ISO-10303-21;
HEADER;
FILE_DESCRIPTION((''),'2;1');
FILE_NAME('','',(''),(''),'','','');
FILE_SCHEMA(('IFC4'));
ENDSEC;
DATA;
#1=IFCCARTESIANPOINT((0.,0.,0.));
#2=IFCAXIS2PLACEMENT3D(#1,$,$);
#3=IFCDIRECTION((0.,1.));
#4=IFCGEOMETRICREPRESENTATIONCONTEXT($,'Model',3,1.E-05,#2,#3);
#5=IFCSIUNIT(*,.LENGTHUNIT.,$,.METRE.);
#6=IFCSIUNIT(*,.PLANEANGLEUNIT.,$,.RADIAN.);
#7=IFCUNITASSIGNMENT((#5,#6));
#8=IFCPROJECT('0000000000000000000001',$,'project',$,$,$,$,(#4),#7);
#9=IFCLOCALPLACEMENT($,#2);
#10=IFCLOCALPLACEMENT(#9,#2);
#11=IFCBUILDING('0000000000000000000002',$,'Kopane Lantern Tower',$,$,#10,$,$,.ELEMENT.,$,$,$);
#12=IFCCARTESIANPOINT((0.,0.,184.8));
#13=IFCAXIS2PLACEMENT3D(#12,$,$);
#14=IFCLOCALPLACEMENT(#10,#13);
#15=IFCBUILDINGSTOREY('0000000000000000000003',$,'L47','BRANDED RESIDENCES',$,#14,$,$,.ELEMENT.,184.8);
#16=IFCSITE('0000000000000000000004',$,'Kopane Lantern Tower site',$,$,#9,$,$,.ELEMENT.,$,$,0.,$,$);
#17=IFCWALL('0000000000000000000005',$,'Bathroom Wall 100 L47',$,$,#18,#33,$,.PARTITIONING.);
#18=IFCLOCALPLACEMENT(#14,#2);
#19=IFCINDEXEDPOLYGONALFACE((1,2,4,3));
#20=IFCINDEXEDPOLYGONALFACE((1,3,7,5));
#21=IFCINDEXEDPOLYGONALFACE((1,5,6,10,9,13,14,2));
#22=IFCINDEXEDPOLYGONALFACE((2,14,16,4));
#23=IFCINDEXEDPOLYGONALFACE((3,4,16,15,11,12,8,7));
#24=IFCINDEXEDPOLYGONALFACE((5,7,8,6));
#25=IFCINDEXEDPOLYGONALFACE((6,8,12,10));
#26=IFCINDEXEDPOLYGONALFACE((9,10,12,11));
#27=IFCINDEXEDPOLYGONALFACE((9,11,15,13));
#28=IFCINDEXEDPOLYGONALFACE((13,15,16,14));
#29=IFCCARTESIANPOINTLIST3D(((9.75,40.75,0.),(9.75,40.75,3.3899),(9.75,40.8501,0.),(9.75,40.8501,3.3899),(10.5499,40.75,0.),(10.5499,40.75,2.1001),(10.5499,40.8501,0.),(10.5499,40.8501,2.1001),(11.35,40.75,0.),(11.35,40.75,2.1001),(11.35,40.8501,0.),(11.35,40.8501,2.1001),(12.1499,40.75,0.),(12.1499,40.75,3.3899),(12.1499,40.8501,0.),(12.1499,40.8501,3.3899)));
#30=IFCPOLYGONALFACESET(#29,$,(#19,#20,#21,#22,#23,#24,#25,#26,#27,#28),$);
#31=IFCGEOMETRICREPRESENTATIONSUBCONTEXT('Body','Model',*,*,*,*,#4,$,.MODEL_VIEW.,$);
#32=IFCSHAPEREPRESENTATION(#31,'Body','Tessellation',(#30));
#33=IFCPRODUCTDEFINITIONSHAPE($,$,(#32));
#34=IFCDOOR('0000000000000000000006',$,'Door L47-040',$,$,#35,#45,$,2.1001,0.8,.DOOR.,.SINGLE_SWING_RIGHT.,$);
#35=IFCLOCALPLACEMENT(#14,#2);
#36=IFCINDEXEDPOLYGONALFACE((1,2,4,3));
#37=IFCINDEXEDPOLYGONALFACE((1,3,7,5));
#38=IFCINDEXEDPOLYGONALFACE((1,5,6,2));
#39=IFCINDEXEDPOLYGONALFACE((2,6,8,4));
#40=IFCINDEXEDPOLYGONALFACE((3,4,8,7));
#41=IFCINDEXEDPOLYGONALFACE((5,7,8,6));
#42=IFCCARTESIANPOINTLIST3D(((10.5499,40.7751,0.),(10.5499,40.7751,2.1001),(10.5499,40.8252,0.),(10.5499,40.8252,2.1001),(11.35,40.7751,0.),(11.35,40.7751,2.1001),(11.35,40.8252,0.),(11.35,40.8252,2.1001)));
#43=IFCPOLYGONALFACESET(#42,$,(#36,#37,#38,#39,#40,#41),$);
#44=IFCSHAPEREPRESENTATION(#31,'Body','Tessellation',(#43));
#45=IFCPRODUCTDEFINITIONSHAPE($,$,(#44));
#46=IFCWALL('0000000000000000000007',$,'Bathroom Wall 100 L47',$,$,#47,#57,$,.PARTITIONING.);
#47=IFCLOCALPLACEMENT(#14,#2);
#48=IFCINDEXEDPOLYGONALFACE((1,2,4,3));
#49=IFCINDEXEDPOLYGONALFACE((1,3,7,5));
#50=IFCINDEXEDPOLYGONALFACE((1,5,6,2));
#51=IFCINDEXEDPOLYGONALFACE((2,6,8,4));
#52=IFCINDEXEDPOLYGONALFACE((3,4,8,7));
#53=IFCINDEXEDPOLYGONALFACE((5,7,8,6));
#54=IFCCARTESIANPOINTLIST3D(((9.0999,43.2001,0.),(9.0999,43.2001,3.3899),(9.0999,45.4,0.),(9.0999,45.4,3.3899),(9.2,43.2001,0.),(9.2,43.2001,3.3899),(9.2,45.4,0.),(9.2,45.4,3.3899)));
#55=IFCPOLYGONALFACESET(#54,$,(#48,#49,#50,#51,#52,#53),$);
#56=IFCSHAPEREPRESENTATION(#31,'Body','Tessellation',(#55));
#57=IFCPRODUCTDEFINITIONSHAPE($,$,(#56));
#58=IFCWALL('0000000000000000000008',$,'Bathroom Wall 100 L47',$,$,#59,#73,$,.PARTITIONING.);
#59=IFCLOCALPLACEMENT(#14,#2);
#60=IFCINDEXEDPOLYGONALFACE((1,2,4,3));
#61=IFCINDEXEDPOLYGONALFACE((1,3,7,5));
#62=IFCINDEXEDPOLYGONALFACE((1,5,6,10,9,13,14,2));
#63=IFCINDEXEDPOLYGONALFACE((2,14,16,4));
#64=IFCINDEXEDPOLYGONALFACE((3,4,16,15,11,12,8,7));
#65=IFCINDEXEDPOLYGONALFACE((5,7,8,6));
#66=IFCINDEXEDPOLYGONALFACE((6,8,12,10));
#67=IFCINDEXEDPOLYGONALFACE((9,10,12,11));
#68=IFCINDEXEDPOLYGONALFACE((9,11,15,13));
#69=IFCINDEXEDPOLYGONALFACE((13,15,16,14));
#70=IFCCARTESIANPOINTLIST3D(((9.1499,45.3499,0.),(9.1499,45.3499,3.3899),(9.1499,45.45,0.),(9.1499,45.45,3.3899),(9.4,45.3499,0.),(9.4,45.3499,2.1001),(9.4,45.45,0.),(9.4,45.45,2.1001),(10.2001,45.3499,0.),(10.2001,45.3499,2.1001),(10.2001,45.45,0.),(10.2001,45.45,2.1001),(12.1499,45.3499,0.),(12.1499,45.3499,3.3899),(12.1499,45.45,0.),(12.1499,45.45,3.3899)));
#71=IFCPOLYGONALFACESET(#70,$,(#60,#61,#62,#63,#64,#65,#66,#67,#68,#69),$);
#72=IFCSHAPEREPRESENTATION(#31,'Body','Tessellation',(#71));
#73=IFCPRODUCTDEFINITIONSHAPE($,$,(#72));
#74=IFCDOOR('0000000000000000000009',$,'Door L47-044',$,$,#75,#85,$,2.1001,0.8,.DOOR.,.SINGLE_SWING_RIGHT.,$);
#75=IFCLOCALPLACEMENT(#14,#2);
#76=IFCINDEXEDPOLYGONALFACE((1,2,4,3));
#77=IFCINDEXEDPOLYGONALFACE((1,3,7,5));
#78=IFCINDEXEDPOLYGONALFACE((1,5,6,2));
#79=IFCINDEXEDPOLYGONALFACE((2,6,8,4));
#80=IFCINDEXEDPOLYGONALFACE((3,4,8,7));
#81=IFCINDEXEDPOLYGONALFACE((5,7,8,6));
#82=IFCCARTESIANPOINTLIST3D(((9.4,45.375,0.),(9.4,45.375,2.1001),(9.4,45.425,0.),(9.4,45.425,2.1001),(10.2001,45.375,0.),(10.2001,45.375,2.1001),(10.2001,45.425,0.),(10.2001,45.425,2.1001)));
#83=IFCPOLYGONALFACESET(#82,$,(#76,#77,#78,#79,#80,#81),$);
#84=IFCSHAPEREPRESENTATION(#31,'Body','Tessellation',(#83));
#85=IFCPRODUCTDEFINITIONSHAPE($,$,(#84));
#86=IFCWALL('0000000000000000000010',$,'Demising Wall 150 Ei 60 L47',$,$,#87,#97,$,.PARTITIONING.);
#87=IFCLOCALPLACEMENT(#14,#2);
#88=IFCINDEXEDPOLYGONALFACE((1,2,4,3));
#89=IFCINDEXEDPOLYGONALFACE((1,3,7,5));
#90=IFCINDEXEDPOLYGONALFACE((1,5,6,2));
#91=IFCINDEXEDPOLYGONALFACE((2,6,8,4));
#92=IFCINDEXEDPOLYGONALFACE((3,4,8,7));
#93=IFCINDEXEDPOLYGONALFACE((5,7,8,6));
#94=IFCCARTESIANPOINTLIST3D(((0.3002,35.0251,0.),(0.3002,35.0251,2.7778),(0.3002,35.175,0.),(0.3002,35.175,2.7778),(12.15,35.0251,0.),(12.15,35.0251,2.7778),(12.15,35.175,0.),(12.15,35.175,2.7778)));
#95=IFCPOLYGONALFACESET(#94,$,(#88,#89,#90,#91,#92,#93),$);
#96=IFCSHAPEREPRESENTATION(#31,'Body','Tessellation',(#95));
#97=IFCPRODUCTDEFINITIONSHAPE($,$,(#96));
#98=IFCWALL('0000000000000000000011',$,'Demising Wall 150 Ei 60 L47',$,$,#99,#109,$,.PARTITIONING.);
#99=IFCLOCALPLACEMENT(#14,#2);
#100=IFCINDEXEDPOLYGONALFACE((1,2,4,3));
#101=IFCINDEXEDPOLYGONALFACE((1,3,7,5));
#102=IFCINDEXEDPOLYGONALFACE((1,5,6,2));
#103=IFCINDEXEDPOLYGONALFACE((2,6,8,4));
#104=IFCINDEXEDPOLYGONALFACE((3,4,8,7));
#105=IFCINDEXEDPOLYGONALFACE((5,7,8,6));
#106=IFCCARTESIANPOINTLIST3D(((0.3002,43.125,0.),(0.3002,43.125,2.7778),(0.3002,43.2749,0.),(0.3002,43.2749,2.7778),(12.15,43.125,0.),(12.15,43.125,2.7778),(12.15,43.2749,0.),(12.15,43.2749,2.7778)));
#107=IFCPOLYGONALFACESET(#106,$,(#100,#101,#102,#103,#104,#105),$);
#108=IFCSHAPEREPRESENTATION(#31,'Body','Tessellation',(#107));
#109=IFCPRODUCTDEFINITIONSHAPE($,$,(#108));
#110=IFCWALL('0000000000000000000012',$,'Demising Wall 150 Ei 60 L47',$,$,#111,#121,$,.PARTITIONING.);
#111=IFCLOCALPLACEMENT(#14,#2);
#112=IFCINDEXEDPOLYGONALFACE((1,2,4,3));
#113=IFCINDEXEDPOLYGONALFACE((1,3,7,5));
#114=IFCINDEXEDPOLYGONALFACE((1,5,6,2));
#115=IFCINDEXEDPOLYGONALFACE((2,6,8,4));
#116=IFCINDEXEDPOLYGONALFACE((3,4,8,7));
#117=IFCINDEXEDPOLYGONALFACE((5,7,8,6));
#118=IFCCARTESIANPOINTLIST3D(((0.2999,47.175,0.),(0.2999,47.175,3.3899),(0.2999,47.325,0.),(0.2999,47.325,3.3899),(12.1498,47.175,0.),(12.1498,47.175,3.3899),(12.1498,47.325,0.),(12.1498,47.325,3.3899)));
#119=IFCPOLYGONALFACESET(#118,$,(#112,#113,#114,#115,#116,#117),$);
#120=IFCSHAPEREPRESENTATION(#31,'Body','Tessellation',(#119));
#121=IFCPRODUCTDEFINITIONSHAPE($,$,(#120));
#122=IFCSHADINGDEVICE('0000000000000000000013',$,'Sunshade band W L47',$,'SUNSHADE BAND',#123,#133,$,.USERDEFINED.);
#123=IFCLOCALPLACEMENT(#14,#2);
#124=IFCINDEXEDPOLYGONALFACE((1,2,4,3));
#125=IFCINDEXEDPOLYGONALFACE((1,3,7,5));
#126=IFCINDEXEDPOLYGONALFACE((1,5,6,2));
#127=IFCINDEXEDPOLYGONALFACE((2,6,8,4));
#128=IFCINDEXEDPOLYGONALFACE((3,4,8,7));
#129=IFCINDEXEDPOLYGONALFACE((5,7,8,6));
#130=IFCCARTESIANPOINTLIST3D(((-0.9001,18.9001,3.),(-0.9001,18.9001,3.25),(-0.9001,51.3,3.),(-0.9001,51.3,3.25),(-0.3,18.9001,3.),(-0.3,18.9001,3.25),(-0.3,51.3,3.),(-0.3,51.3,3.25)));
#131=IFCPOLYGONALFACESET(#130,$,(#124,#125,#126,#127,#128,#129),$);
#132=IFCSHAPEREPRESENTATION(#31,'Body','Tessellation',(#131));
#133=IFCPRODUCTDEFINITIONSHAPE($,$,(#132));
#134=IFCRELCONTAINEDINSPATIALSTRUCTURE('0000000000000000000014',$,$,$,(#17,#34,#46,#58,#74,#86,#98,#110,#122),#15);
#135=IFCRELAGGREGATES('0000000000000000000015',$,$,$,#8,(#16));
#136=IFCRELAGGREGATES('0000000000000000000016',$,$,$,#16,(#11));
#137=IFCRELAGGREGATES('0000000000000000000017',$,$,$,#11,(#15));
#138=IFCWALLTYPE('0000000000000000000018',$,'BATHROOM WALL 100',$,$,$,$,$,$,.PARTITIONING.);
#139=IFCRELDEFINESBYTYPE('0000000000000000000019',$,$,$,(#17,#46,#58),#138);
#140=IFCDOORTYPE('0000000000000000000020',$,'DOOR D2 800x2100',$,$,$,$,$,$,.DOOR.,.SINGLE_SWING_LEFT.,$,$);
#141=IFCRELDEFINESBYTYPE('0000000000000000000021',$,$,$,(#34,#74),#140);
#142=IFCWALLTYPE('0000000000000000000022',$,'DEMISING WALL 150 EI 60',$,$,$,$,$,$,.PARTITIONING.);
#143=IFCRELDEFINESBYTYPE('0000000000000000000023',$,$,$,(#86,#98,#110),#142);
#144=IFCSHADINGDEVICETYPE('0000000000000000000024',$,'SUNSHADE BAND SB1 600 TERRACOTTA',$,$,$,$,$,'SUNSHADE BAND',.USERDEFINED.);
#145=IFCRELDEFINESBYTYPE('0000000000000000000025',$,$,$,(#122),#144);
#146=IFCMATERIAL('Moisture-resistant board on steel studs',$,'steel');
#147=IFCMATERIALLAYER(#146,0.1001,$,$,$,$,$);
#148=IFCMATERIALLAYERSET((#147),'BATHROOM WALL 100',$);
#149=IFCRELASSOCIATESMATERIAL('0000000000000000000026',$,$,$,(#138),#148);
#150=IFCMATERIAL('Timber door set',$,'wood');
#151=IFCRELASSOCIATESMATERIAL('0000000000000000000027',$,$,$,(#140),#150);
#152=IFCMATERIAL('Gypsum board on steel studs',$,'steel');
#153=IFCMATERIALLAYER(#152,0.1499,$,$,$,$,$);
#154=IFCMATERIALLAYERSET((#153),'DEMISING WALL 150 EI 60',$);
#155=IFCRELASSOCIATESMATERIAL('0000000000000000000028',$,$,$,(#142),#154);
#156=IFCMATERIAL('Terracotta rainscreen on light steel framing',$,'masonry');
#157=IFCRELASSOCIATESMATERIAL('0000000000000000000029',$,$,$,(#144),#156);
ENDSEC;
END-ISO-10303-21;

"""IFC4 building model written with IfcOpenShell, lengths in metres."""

from ifc_helpers import new_model, si_unit, direction, frame, frame_2d, origin, origin_2d, place, context, subcontext, project, spatial, rectangle, extrude, material, layer, layer_set, type_object, element, fill, save


model = new_model("IFC4")

# Units and contexts
model_context = context("Model", 3, precision=1e-05, world=origin(), true_north=direction((0.0, 1.0)))
body_context = subcontext(model_context, "Body", "Model", "MODEL_VIEW")
ifc_project = project(units=[si_unit("LENGTHUNIT", "METRE"), si_unit("PLANEANGLEUNIT", "RADIAN")], contexts=[model_context])

# Site, building, storey
site_placement = place(None, origin())
site = spatial("IfcSite", under=ifc_project, at=site_placement, Name="Kopane Lantern Tower site", CompositionType="ELEMENT", RefElevation=0.0)
building_placement = place(site_placement, origin())
building = spatial("IfcBuilding", under=site, at=building_placement, Name="Kopane Lantern Tower", CompositionType="ELEMENT")
storey_placement = place(building_placement, frame((0.0, 0.0, 184.8)))
storey = spatial("IfcBuildingStorey", under=building, at=storey_placement, Name="L47", Description="BRANDED RESIDENCES", CompositionType="ELEMENT", Elevation=184.8)

# Wall, opening, door
ifc_material_1 = material(Name="Moisture-resistant board on steel studs", Category="steel")
ifc_layer_1 = layer(ifc_material_1, 0.1001)
ifc_layer_set_1 = layer_set([ifc_layer_1], Name="BATHROOM WALL 100")
wall_type_1 = type_object("IfcWallType", Name="BATHROOM WALL 100", PredefinedType="PARTITIONING", material=ifc_layer_set_1)
ifc_material_2 = material(Name="Timber door set", Category="wood")
door_type = type_object("IfcDoorType", Name="DOOR D2 800x2100", OperationType="SINGLE_SWING_LEFT", PredefinedType="DOOR", material=ifc_material_2)
wall_1_placement = place(storey_placement, frame((12.1499, 40.8, 0.0), z_axis=(0.0, 0.0, 1.0), x_axis=(-1.0, 0.0, 0.0)))
wall_1 = element("IfcWall", 1, at=wall_1_placement, inside=storey, type_object=wall_type_1, Name="Bathroom Wall 100 L47", PredefinedType="PARTITIONING", context=body_context, shape_type="SweptSolid", body=[
    extrude(rectangle(XDim=2.3999, YDim=0.1001, at=frame_2d((1.2, 0.0))), origin(), (0.0, 0.0, 1.0), 3.3899),
])
opening_1_placement = place(wall_1_placement, frame((0.8, 0.0, 0.0)))
opening_1 = element("IfcOpeningElement", 2, at=opening_1_placement, cuts=wall_1, PredefinedType="OPENING", context=body_context, shape_type="SweptSolid", body=[
    extrude(rectangle(XDim=0.8, YDim=2.1001, at=frame_2d((0.3999, 1.05))), frame((0.0, 0.0601, 0.0), z_axis=(0.0, -1.0, 0.0), x_axis=(1.0, 0.0, 0.0)), (0.0, 0.0, 1.0), 0.1201),
])
door_1_placement = place(opening_1_placement, origin())
door_1 = element("IfcDoor", 3, at=door_1_placement, inside=storey, type_object=door_type, Name="Door L47-040", OperationType="SINGLE_SWING_RIGHT", OverallHeight=2.1001, OverallWidth=0.8, PredefinedType="DOOR", context=body_context, shape_type="SweptSolid", body=[
    extrude(rectangle(XDim=0.8, YDim=2.1001, at=frame_2d((0.3999, 1.05))), frame((0.0, 0.0249, 0.0), z_axis=(0.0, -1.0, 0.0), x_axis=(1.0, 0.0, 0.0)), (0.0, 0.0, 1.0), 0.05),
])
fill(opening_1, door_1)

# Wall
wall_2_placement = place(storey_placement, frame((9.1499, 43.2, 0.0), z_axis=(0.0, 0.0, 1.0), x_axis=(0.0, 1.0, 0.0)))
element("IfcWall", 4, at=wall_2_placement, inside=storey, type_object=wall_type_1, Name="Bathroom Wall 100 L47", PredefinedType="PARTITIONING", context=body_context, shape_type="SweptSolid", body=[
    extrude(rectangle(XDim=2.2, YDim=0.1001, at=frame_2d((1.1001, 0.0))), origin(), (0.0, 0.0, 1.0), 3.3899),
])

# Wall, opening, door
wall_3_placement = place(storey_placement, frame((12.1499, 45.3999, 0.0), z_axis=(0.0, 0.0, 1.0), x_axis=(-1.0, 0.0, 0.0)))
wall_3 = element("IfcWall", 5, at=wall_3_placement, inside=storey, type_object=wall_type_1, Name="Bathroom Wall 100 L47", PredefinedType="PARTITIONING", context=body_context, shape_type="SweptSolid", body=[
    extrude(rectangle(XDim=3.0, YDim=0.1001, at=frame_2d((1.5, 0.0))), origin(), (0.0, 0.0, 1.0), 3.3899),
])
opening_2_placement = place(wall_3_placement, frame((1.95, 0.0, 0.0)))
opening_2 = element("IfcOpeningElement", 6, at=opening_2_placement, cuts=wall_3, PredefinedType="OPENING", context=body_context, shape_type="SweptSolid", body=[
    extrude(rectangle(XDim=0.8, YDim=2.1001, at=frame_2d((0.3999, 1.05))), frame((0.0, 0.0601, 0.0), z_axis=(0.0, -1.0, 0.0), x_axis=(1.0, 0.0, 0.0)), (0.0, 0.0, 1.0), 0.1201),
])
door_2_placement = place(opening_2_placement, origin())
door_2 = element("IfcDoor", 7, at=door_2_placement, inside=storey, type_object=door_type, Name="Door L47-044", OperationType="SINGLE_SWING_RIGHT", OverallHeight=2.1001, OverallWidth=0.8, PredefinedType="DOOR", context=body_context, shape_type="SweptSolid", body=[
    extrude(rectangle(XDim=0.8, YDim=2.1001, at=frame_2d((0.3999, 1.05))), frame((0.0, 0.0249, 0.0), z_axis=(0.0, -1.0, 0.0), x_axis=(1.0, 0.0, 0.0)), (0.0, 0.0, 1.0), 0.05),
])
fill(opening_2, door_2)

# Walls
ifc_material_3 = material(Name="Gypsum board on steel studs", Category="steel")
ifc_layer_2 = layer(ifc_material_3, 0.1499)
ifc_layer_set_2 = layer_set([ifc_layer_2], Name="DEMISING WALL 150 EI 60")
wall_type_2 = type_object("IfcWallType", Name="DEMISING WALL 150 EI 60", PredefinedType="PARTITIONING", material=ifc_layer_set_2)
for number, where, z_axis, x_axis, name in (
    (8, (12.1499, 35.1001, 0.0), (0.0, 0.0, 1.0), (-1.0, 0.0, 0.0), "Demising Wall 150 Ei 60 L47"),
    (9, (12.1499, 43.2, 0.0), (0.0, 0.0, 1.0), (-1.0, 0.0, 0.0), "Demising Wall 150 Ei 60 L47"),
):
    element("IfcWall", number, at=place(storey_placement, frame(where, z_axis=z_axis, x_axis=x_axis)), inside=storey, type_object=wall_type_2, Name=name, PredefinedType="PARTITIONING", context=body_context, shape_type="SweptSolid", body=[
        extrude(rectangle(XDim=11.8499, YDim=0.1499, at=frame_2d((5.9248, 0.0))), origin(), (0.0, 0.0, 1.0), 2.7778),
    ])
wall_4_placement = place(storey_placement, frame((0.3, 47.25, 0.0), z_axis=(0.0, 0.0, 1.0), x_axis=(1.0, 0.0, 0.0)))
element("IfcWall", 10, at=wall_4_placement, inside=storey, type_object=wall_type_2, Name="Demising Wall 150 Ei 60 L47", PredefinedType="PARTITIONING", context=body_context, shape_type="SweptSolid", body=[
    extrude(rectangle(XDim=11.8499, YDim=0.1499, at=frame_2d((5.9248, 0.0))), origin(), (0.0, 0.0, 1.0), 3.3899),
])

# Shading device
ifc_material_4 = material(Name="Terracotta rainscreen on light steel framing", Category="masonry")
shading_device_type = type_object("IfcShadingDeviceType", Name="SUNSHADE BAND SB1 600 TERRACOTTA", ElementType="SUNSHADE BAND", PredefinedType="USERDEFINED", material=ifc_material_4)
shading_device_placement = place(storey_placement, frame((-0.6001, 35.1001, 3.0), z_axis=(0.0, 0.0, 1.0), x_axis=(0.0, -1.0, 0.0)))
element("IfcShadingDevice", 11, at=shading_device_placement, inside=storey, type_object=shading_device_type, Name="Sunshade band W L47", ObjectType="SUNSHADE BAND", PredefinedType="USERDEFINED", context=body_context, shape_type="SweptSolid", body=[
    extrude(rectangle(XDim=32.3999, YDim=0.6001, at=origin_2d()), origin(), (0.0, 0.0, 1.0), 0.25),
])

save(model, "model.ifc")
